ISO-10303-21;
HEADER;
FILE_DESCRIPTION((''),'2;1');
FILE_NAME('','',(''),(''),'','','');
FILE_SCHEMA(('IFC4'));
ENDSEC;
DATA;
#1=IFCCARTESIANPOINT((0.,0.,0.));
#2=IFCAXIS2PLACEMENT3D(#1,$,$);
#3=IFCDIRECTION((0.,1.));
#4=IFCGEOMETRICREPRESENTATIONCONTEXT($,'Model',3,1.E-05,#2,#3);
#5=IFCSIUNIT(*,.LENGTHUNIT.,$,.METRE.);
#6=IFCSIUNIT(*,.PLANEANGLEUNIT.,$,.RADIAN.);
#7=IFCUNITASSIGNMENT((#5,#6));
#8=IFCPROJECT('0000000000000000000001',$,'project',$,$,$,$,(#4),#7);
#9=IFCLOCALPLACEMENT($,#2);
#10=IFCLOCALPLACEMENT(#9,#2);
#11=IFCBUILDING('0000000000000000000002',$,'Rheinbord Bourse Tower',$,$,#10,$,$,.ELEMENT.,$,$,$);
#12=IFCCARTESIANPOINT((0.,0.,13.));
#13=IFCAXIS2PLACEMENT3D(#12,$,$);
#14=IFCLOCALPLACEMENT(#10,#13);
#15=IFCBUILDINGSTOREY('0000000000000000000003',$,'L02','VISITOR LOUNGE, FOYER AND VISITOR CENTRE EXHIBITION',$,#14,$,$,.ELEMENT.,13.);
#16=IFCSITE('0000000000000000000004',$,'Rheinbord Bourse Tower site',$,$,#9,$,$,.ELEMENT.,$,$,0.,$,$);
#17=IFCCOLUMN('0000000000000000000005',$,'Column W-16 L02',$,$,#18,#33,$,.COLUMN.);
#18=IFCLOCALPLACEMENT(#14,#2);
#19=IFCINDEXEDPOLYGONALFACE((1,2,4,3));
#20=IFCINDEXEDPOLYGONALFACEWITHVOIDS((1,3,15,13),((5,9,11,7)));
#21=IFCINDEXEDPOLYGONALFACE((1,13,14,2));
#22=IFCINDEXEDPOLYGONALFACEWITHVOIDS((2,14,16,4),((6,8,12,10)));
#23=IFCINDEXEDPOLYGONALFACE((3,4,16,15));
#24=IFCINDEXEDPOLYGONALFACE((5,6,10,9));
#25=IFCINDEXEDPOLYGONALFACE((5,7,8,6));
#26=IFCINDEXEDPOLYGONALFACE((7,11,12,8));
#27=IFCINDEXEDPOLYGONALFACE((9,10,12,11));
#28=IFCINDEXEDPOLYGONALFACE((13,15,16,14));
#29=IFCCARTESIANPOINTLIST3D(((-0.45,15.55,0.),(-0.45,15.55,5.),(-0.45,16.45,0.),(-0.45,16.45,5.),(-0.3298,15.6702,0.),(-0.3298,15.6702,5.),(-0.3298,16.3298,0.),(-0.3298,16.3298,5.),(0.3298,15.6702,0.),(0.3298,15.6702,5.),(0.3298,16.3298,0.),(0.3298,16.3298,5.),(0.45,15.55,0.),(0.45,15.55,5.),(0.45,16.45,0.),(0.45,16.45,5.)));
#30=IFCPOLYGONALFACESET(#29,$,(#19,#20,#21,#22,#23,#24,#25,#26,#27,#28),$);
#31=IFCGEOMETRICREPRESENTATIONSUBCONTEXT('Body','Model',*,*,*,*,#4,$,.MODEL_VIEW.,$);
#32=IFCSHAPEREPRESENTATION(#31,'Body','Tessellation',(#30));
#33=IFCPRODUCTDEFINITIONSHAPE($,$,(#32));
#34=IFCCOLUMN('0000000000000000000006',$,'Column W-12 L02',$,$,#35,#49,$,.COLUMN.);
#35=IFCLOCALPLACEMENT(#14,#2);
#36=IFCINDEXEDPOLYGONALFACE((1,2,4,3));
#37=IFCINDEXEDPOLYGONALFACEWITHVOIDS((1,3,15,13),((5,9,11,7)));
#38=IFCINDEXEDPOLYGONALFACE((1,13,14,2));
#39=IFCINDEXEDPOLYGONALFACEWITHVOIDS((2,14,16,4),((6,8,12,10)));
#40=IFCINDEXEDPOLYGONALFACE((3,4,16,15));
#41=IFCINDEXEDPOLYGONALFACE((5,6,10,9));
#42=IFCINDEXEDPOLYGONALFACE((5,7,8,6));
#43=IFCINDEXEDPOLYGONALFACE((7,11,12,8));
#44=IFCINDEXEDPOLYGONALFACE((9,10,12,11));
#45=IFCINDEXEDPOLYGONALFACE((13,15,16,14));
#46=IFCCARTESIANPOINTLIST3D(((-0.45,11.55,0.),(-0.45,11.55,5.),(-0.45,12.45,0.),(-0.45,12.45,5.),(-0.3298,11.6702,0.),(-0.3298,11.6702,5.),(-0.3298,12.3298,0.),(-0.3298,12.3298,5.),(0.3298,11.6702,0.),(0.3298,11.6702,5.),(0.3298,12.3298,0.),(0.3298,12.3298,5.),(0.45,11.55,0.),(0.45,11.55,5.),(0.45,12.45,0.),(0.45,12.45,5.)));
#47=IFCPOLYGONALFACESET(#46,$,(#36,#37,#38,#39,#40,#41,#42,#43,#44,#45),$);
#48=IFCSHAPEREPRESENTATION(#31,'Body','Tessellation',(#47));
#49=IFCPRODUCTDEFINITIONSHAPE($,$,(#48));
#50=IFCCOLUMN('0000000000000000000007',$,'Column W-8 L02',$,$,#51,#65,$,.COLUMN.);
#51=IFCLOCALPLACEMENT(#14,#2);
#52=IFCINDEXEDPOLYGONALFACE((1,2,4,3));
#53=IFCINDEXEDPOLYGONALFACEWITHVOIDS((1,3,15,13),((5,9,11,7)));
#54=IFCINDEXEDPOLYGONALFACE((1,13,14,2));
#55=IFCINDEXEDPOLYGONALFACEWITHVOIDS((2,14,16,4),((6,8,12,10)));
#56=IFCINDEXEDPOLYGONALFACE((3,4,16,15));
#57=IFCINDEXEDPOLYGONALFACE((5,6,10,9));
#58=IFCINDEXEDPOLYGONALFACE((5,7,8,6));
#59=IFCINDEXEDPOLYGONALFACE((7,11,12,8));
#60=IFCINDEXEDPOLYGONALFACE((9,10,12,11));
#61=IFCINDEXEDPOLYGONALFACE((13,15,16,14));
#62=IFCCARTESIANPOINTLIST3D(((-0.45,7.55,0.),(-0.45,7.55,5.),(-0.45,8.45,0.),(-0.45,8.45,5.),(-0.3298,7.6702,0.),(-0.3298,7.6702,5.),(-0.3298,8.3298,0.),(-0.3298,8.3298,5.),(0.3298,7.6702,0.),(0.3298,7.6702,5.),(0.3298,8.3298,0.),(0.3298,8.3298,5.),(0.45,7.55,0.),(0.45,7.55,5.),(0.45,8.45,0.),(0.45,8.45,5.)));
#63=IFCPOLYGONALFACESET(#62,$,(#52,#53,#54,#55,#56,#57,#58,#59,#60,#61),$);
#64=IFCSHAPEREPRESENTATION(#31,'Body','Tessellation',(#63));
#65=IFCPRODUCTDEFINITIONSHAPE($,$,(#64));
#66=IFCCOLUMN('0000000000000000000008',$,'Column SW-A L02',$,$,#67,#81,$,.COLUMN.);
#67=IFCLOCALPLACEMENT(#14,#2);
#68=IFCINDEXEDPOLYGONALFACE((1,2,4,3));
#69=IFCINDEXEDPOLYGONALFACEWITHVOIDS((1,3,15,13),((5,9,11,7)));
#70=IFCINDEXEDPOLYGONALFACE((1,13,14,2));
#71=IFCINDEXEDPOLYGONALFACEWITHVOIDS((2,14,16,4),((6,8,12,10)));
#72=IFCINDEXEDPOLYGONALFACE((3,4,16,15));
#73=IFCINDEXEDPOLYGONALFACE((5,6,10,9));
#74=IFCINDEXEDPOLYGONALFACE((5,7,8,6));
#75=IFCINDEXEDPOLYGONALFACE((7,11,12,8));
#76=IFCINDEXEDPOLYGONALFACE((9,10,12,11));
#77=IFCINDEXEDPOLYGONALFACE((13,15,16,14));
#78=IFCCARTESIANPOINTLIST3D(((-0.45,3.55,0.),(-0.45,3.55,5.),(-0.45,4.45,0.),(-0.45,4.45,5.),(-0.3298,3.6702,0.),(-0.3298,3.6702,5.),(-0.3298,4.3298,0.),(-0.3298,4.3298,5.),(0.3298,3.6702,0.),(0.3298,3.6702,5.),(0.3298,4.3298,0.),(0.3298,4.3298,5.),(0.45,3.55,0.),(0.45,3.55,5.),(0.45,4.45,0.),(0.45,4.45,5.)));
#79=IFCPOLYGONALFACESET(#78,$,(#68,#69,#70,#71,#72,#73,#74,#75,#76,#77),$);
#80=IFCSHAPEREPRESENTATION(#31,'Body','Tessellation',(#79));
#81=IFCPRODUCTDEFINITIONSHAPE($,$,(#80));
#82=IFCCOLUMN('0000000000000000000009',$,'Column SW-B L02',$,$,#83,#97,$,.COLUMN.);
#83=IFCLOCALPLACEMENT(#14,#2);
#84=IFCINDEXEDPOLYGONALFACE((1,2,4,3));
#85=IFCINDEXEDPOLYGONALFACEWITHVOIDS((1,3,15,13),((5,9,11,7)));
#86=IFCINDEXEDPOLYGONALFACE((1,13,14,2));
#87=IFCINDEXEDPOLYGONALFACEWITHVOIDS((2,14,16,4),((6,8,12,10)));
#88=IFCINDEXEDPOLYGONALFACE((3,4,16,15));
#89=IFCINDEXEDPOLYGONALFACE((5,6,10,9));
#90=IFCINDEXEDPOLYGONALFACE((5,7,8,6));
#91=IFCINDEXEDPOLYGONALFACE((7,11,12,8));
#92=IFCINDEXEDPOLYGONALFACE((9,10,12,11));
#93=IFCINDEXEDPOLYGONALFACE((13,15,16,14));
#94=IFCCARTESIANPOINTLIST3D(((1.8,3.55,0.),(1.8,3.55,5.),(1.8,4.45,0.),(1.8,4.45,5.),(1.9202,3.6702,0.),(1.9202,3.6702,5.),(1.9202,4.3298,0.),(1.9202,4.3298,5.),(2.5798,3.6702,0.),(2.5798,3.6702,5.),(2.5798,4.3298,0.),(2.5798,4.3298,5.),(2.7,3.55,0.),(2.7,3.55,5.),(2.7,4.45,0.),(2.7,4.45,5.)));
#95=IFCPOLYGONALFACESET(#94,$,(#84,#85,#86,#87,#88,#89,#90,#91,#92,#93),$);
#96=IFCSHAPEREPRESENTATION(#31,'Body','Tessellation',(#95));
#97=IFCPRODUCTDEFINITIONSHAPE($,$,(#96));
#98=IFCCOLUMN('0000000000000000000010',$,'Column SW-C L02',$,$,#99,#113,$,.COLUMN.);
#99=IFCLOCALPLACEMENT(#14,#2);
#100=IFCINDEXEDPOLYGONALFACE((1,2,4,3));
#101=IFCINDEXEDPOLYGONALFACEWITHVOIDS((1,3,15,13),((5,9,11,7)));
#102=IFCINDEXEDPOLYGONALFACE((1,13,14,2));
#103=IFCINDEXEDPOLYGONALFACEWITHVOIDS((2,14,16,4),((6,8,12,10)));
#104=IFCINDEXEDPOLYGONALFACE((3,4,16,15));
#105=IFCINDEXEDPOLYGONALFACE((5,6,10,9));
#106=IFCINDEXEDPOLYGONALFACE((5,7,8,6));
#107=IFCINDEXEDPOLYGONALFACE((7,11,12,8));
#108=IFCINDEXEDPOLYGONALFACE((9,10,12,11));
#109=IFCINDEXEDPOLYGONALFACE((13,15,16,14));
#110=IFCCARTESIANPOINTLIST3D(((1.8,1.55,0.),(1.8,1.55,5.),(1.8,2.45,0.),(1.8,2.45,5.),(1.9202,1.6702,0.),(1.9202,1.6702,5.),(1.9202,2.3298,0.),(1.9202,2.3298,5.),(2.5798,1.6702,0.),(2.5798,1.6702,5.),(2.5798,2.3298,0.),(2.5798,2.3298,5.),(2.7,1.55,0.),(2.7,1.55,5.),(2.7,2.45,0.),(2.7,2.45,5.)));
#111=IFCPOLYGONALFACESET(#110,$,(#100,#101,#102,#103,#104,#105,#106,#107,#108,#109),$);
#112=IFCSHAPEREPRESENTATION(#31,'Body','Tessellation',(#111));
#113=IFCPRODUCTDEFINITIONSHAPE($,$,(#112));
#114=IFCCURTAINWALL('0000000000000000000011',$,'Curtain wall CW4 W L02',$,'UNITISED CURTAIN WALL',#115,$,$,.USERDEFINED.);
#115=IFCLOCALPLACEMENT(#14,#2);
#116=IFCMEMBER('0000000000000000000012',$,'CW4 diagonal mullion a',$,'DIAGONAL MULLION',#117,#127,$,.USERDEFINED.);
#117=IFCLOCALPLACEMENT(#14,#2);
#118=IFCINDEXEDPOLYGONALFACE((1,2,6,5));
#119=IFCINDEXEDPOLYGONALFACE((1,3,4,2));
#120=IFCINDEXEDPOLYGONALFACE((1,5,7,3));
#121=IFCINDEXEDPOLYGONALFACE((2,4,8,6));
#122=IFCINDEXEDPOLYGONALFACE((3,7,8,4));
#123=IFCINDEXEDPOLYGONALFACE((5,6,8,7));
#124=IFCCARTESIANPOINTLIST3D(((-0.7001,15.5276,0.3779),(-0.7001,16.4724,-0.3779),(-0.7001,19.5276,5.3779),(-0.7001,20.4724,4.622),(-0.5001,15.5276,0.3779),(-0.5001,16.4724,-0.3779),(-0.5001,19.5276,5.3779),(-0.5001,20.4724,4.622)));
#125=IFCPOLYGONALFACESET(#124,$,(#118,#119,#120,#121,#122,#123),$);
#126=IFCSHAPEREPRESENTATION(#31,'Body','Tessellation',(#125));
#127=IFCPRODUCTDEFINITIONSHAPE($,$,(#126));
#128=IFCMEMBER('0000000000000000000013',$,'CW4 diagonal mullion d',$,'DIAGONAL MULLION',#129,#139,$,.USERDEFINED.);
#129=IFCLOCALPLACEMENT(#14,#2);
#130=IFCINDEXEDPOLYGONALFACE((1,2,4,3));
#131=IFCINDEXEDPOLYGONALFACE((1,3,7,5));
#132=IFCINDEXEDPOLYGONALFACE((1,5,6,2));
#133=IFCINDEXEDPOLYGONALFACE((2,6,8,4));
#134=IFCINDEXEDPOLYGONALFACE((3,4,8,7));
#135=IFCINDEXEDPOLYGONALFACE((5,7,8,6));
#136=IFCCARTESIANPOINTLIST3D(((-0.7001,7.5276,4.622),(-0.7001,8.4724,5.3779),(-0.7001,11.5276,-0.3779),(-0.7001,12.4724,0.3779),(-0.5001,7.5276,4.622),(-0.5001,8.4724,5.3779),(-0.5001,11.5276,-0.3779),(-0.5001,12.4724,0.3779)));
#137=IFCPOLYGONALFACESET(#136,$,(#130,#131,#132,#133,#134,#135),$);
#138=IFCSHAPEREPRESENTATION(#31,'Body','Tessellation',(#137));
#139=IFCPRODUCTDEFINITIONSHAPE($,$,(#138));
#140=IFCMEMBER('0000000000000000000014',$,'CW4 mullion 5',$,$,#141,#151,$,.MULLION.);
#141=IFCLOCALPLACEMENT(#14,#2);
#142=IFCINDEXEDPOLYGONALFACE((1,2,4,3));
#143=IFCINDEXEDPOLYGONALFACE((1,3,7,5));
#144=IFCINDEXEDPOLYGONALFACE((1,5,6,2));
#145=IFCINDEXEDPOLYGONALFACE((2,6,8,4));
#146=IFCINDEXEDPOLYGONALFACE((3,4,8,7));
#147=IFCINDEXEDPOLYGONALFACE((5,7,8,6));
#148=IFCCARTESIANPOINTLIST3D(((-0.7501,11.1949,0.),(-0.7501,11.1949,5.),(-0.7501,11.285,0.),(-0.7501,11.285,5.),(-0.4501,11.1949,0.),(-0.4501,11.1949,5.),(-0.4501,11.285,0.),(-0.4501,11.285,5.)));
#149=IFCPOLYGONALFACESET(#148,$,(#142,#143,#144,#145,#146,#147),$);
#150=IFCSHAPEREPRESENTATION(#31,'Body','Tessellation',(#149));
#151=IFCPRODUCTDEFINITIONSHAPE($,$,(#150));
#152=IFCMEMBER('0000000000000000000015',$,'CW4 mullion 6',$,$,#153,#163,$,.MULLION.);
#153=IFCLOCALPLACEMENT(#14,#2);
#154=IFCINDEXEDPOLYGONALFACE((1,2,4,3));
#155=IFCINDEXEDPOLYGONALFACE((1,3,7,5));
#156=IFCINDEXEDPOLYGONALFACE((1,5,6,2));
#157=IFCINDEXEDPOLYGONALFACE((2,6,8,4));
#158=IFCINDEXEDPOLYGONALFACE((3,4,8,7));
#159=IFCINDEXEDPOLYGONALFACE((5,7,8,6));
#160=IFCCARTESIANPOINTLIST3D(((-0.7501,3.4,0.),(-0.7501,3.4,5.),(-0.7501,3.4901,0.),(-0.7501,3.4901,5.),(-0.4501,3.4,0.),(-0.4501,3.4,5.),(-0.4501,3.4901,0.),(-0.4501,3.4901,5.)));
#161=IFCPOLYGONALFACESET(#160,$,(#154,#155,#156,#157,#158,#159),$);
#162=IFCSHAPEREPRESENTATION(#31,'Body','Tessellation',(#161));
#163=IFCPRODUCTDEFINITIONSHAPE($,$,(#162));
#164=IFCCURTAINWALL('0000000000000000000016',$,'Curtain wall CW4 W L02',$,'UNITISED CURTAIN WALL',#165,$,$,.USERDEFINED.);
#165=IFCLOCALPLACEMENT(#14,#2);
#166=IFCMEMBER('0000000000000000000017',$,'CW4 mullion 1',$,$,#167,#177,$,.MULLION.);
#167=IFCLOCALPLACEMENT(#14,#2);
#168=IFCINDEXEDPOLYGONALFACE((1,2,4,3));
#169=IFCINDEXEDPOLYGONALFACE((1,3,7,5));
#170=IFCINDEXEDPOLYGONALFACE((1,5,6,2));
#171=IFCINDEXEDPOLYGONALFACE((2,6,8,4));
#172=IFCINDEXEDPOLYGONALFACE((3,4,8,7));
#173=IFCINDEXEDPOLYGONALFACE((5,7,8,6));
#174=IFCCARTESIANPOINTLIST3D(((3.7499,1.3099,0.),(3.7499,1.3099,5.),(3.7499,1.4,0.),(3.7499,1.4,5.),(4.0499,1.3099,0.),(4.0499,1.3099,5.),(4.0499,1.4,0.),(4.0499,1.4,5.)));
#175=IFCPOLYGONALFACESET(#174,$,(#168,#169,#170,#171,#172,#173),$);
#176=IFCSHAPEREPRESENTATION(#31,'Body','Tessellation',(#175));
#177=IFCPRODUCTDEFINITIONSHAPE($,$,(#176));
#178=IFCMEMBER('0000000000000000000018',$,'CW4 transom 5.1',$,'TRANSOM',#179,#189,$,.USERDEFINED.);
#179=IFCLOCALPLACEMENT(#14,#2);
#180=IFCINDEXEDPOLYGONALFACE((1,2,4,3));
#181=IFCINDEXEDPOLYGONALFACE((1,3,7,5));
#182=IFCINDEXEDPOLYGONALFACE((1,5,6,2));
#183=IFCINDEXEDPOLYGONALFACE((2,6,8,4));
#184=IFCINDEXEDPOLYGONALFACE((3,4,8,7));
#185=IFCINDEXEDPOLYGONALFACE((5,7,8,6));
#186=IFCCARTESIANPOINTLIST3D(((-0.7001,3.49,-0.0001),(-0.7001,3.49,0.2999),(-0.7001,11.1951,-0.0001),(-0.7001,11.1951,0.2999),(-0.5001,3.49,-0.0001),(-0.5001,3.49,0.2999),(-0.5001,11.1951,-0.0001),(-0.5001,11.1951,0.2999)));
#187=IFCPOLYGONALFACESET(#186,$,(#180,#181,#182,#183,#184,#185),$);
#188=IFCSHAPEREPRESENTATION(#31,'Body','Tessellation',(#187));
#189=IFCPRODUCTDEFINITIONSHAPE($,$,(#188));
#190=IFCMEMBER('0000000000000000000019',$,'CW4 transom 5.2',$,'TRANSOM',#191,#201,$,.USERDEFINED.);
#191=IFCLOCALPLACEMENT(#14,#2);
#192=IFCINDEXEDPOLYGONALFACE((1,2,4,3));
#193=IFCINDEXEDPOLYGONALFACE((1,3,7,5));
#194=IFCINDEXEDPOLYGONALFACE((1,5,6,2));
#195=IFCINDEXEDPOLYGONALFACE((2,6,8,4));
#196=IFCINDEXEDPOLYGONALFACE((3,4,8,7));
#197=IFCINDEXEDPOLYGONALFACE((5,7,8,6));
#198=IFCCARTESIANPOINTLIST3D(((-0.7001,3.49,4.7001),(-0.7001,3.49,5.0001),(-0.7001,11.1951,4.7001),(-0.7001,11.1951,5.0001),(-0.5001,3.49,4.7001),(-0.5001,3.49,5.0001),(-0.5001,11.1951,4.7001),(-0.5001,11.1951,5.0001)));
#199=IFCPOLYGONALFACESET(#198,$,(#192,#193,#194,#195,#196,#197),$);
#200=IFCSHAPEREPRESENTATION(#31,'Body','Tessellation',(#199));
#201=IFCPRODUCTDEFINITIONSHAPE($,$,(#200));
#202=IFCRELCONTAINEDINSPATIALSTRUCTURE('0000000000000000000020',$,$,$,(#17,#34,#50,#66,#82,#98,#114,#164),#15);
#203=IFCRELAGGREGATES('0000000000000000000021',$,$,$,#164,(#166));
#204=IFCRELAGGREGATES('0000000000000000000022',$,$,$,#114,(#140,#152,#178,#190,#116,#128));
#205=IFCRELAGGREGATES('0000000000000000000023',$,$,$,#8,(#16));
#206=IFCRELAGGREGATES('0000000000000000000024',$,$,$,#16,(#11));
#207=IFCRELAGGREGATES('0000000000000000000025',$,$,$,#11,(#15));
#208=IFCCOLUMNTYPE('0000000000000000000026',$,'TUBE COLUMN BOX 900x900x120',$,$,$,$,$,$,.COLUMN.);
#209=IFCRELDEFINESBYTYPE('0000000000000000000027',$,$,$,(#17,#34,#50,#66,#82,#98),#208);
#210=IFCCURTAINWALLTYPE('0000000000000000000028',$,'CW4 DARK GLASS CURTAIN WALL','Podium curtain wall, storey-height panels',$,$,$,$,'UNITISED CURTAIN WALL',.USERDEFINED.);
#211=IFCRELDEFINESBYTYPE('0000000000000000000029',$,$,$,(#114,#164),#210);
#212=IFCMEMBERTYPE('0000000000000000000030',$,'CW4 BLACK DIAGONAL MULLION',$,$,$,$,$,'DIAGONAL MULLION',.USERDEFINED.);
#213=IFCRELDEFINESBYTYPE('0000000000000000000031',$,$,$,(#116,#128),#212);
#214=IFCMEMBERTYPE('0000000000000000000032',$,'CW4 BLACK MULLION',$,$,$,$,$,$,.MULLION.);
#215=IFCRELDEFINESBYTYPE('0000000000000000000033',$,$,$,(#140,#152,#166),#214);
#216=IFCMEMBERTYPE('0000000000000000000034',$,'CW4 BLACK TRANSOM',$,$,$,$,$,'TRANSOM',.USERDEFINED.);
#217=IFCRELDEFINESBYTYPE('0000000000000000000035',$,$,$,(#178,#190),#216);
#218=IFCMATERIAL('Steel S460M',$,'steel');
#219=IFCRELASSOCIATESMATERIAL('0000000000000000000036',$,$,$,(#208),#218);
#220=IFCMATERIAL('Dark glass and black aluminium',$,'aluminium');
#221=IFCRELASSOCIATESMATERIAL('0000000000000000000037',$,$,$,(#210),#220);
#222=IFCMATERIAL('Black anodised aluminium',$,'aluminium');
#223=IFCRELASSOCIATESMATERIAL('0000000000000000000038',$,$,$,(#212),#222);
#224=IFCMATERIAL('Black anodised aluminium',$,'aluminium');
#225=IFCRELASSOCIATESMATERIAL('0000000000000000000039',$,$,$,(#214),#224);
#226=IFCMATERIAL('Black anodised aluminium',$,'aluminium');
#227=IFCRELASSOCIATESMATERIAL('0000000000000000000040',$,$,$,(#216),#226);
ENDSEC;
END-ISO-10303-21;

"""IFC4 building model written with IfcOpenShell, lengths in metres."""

from ifc_helpers import new_model, si_unit, direction, frame, origin, origin_2d, place, context, subcontext, project, spatial, rectangle, hollow_rectangle, extrude, material, material_profile, profile_set, type_object, element, aggregate, save


model = new_model("IFC4")

# Units and contexts
model_context = context("Model", 3, precision=1e-05, world=origin(), true_north=direction((0.0, 1.0)))
body_context = subcontext(model_context, "Body", "Model", "MODEL_VIEW")
ifc_project = project(units=[si_unit("LENGTHUNIT", "METRE"), si_unit("PLANEANGLEUNIT", "RADIAN")], contexts=[model_context])

# Site, building, storey
site_placement = place(None, origin())
site = spatial("IfcSite", under=ifc_project, at=site_placement, Name="Rheinbord Bourse Tower site", CompositionType="ELEMENT", RefElevation=0.0)
building_placement = place(site_placement, origin())
building = spatial("IfcBuilding", under=site, at=building_placement, Name="Rheinbord Bourse Tower", CompositionType="ELEMENT")
storey_placement = place(building_placement, frame((0.0, 0.0, 13.0)))
storey = spatial("IfcBuildingStorey", under=building, at=storey_placement, Name="L02", Description="VISITOR LOUNGE, FOYER AND VISITOR CENTRE EXHIBITION", CompositionType="ELEMENT", Elevation=13.0)

# Columns
ifc_material_1 = material(Name="Steel S460M", Category="steel")
ifc_material_profile_1 = material_profile(ifc_material_1, hollow_rectangle(XDim=0.8999, YDim=0.8999, WallThickness=0.1201, at=origin_2d()), Name="BOX 900x900x120")
ifc_profile_set_1 = profile_set([ifc_material_profile_1], Name="Steel S460M")
column_type = type_object("IfcColumnType", Name="TUBE COLUMN BOX 900x900x120", PredefinedType="COLUMN", material=ifc_profile_set_1)
for number, where, z_axis, x_axis, name in (
    (1, (0.0, 16.0, 0.0), (0.0, 0.0, 1.0), (1.0, 0.0, 0.0), "Column W-16 L02"),
    (2, (0.0, 12.0, 0.0), (0.0, 0.0, 1.0), (1.0, 0.0, 0.0), "Column W-12 L02"),
    (3, (0.0, 8.0, 0.0), (0.0, 0.0, 1.0), (1.0, 0.0, 0.0), "Column W-8 L02"),
    (4, (0.0, 4.0, 0.0), (0.0, 0.0, 1.0), (1.0, 0.0, 0.0), "Column SW-A L02"),
    (5, (2.25, 4.0, 0.0), (0.0, 0.0, 1.0), (1.0, 0.0, 0.0), "Column SW-B L02"),
    (6, (2.25, 2.0, 0.0), (0.0, 0.0, 1.0), (1.0, 0.0, 0.0), "Column SW-C L02"),
):
    element("IfcColumn", number, at=place(storey_placement, frame(where, z_axis=z_axis, x_axis=x_axis)), inside=storey, type_object=column_type, Name=name, PredefinedType="COLUMN", context=body_context, shape_type="SweptSolid", body=[
        extrude(hollow_rectangle(XDim=0.8999, YDim=0.8999, WallThickness=0.1201, at=origin_2d()), origin(), (0.0, 0.0, 1.0), 5.0),
    ])

# Curtain wall, members
ifc_material_2 = material(Name="Dark glass and black aluminium", Category="aluminium")
curtain_wall_type = type_object("IfcCurtainWallType", Name="CW4 DARK GLASS CURTAIN WALL", Description="Podium curtain wall, storey-height panels", ElementType="UNITISED CURTAIN WALL", PredefinedType="USERDEFINED", material=ifc_material_2)
curtain_wall_1_placement = place(storey_placement, origin())
curtain_wall_1 = element("IfcCurtainWall", 7, at=curtain_wall_1_placement, inside=storey, type_object=curtain_wall_type, Name="Curtain wall CW4 W L02", ObjectType="UNITISED CURTAIN WALL", PredefinedType="USERDEFINED")
ifc_material_3 = material(Name="Black anodised aluminium", Category="aluminium")
ifc_material_profile_2 = material_profile(ifc_material_3, rectangle(XDim=0.2, YDim=1.21, at=origin_2d()), Name="CW4 DIAGONAL MULLION 1210x200")
ifc_profile_set_2 = profile_set([ifc_material_profile_2], Name="Black anodised aluminium")
member_type_1 = type_object("IfcMemberType", Name="CW4 BLACK DIAGONAL MULLION", ElementType="DIAGONAL MULLION", PredefinedType="USERDEFINED", material=ifc_profile_set_2)
member_1_placement = place(storey_placement, frame((-0.6001, 16.0, 0.0), z_axis=(0.0, 0.624695, 0.780869), x_axis=(-1.0, 0.0, 0.0)))
member_1 = element("IfcMember", 8, at=member_1_placement, type_object=member_type_1, Name="CW4 diagonal mullion a", ObjectType="DIAGONAL MULLION", PredefinedType="USERDEFINED", context=body_context, shape_type="SweptSolid", body=[
    extrude(rectangle(XDim=0.2, YDim=1.21, at=origin_2d()), origin(), (0.0, 0.0, 1.0), 6.4031),
])
member_2_placement = place(storey_placement, frame((-0.6001, 12.0, 0.0), z_axis=(0.0, -0.624695, 0.780869), x_axis=(1.0, 0.0, 0.0)))
member_2 = element("IfcMember", 9, at=member_2_placement, type_object=member_type_1, Name="CW4 diagonal mullion d", ObjectType="DIAGONAL MULLION", PredefinedType="USERDEFINED", context=body_context, shape_type="SweptSolid", body=[
    extrude(rectangle(XDim=0.2, YDim=1.21, at=origin_2d()), origin(), (0.0, 0.0, 1.0), 6.4031),
])
ifc_material_4 = material(Name="Black anodised aluminium", Category="aluminium")
ifc_material_profile_3 = material_profile(ifc_material_4, rectangle(XDim=0.3, YDim=0.0901, at=origin_2d()), Name="CW4 MULLION 90x300")
ifc_profile_set_3 = profile_set([ifc_material_profile_3], Name="Black anodised aluminium")
member_type_2 = type_object("IfcMemberType", Name="CW4 BLACK MULLION", PredefinedType="MULLION", material=ifc_profile_set_3)
member_3_placement = place(storey_placement, frame((-0.6001, 11.24, 0.0), z_axis=(0.0, 0.0, 1.0), x_axis=(1.0, 0.0, 0.0)))
member_3 = element("IfcMember", 10, at=member_3_placement, type_object=member_type_2, Name="CW4 mullion 5", PredefinedType="MULLION", context=body_context, shape_type="SweptSolid", body=[
    extrude(rectangle(XDim=0.3, YDim=0.0901, at=origin_2d()), origin(), (0.0, 0.0, 1.0), 5.0),
])
member_4_placement = place(storey_placement, frame((-0.6001, 3.4451, 0.0), z_axis=(0.0, 0.0, 1.0), x_axis=(1.0, 0.0, 0.0)))
member_4 = element("IfcMember", 11, at=member_4_placement, type_object=member_type_2, Name="CW4 mullion 6", PredefinedType="MULLION", context=body_context, shape_type="SweptSolid", body=[
    extrude(rectangle(XDim=0.3, YDim=0.0901, at=origin_2d()), origin(), (0.0, 0.0, 1.0), 5.0),
])

# Curtain wall, member
curtain_wall_2_placement = place(storey_placement, origin())
curtain_wall_2 = element("IfcCurtainWall", 12, at=curtain_wall_2_placement, inside=storey, type_object=curtain_wall_type, Name="Curtain wall CW4 W L02", ObjectType="UNITISED CURTAIN WALL", PredefinedType="USERDEFINED")
member_5_placement = place(storey_placement, frame((3.8999, 1.355, 0.0), z_axis=(0.0, 0.0, 1.0), x_axis=(1.0, 0.0, 0.0)))
member_5 = element("IfcMember", 13, at=member_5_placement, type_object=member_type_2, Name="CW4 mullion 1", PredefinedType="MULLION", context=body_context, shape_type="SweptSolid", body=[
    extrude(rectangle(XDim=0.3, YDim=0.0901, at=origin_2d()), origin(), (0.0, 0.0, 1.0), 5.0),
])

# Members
ifc_material_5 = material(Name="Black anodised aluminium", Category="aluminium")
ifc_material_profile_4 = material_profile(ifc_material_5, rectangle(XDim=0.2, YDim=0.3, at=origin_2d()), Name="CW4 TRANSOM 300x200")
ifc_profile_set_4 = profile_set([ifc_material_profile_4], Name="Black anodised aluminium")
member_type_3 = type_object("IfcMemberType", Name="CW4 BLACK TRANSOM", ElementType="TRANSOM", PredefinedType="USERDEFINED", material=ifc_profile_set_4)
member_6_placement = place(storey_placement, frame((-0.6001, 11.1951, 0.1499), z_axis=(0.0, -1.0, 0.0), x_axis=(1.0, 0.0, 0.0)))
member_6 = element("IfcMember", 14, at=member_6_placement, type_object=member_type_3, Name="CW4 transom 5.1", ObjectType="TRANSOM", PredefinedType="USERDEFINED", context=body_context, shape_type="SweptSolid", body=[
    extrude(rectangle(XDim=0.2, YDim=0.3, at=origin_2d()), origin(), (0.0, 0.0, 1.0), 7.7051),
])
member_7_placement = place(storey_placement, frame((-0.6001, 11.1951, 4.8501), z_axis=(0.0, -1.0, 0.0), x_axis=(1.0, 0.0, 0.0)))
member_7 = element("IfcMember", 15, at=member_7_placement, type_object=member_type_3, Name="CW4 transom 5.2", ObjectType="TRANSOM", PredefinedType="USERDEFINED", context=body_context, shape_type="SweptSolid", body=[
    extrude(rectangle(XDim=0.2, YDim=0.3, at=origin_2d()), origin(), (0.0, 0.0, 1.0), 7.7051),
])
aggregate(curtain_wall_2, [member_5])

aggregate(curtain_wall_1, [member_3, member_4, member_6, member_7, member_1, member_2])

save(model, "model.ifc")
